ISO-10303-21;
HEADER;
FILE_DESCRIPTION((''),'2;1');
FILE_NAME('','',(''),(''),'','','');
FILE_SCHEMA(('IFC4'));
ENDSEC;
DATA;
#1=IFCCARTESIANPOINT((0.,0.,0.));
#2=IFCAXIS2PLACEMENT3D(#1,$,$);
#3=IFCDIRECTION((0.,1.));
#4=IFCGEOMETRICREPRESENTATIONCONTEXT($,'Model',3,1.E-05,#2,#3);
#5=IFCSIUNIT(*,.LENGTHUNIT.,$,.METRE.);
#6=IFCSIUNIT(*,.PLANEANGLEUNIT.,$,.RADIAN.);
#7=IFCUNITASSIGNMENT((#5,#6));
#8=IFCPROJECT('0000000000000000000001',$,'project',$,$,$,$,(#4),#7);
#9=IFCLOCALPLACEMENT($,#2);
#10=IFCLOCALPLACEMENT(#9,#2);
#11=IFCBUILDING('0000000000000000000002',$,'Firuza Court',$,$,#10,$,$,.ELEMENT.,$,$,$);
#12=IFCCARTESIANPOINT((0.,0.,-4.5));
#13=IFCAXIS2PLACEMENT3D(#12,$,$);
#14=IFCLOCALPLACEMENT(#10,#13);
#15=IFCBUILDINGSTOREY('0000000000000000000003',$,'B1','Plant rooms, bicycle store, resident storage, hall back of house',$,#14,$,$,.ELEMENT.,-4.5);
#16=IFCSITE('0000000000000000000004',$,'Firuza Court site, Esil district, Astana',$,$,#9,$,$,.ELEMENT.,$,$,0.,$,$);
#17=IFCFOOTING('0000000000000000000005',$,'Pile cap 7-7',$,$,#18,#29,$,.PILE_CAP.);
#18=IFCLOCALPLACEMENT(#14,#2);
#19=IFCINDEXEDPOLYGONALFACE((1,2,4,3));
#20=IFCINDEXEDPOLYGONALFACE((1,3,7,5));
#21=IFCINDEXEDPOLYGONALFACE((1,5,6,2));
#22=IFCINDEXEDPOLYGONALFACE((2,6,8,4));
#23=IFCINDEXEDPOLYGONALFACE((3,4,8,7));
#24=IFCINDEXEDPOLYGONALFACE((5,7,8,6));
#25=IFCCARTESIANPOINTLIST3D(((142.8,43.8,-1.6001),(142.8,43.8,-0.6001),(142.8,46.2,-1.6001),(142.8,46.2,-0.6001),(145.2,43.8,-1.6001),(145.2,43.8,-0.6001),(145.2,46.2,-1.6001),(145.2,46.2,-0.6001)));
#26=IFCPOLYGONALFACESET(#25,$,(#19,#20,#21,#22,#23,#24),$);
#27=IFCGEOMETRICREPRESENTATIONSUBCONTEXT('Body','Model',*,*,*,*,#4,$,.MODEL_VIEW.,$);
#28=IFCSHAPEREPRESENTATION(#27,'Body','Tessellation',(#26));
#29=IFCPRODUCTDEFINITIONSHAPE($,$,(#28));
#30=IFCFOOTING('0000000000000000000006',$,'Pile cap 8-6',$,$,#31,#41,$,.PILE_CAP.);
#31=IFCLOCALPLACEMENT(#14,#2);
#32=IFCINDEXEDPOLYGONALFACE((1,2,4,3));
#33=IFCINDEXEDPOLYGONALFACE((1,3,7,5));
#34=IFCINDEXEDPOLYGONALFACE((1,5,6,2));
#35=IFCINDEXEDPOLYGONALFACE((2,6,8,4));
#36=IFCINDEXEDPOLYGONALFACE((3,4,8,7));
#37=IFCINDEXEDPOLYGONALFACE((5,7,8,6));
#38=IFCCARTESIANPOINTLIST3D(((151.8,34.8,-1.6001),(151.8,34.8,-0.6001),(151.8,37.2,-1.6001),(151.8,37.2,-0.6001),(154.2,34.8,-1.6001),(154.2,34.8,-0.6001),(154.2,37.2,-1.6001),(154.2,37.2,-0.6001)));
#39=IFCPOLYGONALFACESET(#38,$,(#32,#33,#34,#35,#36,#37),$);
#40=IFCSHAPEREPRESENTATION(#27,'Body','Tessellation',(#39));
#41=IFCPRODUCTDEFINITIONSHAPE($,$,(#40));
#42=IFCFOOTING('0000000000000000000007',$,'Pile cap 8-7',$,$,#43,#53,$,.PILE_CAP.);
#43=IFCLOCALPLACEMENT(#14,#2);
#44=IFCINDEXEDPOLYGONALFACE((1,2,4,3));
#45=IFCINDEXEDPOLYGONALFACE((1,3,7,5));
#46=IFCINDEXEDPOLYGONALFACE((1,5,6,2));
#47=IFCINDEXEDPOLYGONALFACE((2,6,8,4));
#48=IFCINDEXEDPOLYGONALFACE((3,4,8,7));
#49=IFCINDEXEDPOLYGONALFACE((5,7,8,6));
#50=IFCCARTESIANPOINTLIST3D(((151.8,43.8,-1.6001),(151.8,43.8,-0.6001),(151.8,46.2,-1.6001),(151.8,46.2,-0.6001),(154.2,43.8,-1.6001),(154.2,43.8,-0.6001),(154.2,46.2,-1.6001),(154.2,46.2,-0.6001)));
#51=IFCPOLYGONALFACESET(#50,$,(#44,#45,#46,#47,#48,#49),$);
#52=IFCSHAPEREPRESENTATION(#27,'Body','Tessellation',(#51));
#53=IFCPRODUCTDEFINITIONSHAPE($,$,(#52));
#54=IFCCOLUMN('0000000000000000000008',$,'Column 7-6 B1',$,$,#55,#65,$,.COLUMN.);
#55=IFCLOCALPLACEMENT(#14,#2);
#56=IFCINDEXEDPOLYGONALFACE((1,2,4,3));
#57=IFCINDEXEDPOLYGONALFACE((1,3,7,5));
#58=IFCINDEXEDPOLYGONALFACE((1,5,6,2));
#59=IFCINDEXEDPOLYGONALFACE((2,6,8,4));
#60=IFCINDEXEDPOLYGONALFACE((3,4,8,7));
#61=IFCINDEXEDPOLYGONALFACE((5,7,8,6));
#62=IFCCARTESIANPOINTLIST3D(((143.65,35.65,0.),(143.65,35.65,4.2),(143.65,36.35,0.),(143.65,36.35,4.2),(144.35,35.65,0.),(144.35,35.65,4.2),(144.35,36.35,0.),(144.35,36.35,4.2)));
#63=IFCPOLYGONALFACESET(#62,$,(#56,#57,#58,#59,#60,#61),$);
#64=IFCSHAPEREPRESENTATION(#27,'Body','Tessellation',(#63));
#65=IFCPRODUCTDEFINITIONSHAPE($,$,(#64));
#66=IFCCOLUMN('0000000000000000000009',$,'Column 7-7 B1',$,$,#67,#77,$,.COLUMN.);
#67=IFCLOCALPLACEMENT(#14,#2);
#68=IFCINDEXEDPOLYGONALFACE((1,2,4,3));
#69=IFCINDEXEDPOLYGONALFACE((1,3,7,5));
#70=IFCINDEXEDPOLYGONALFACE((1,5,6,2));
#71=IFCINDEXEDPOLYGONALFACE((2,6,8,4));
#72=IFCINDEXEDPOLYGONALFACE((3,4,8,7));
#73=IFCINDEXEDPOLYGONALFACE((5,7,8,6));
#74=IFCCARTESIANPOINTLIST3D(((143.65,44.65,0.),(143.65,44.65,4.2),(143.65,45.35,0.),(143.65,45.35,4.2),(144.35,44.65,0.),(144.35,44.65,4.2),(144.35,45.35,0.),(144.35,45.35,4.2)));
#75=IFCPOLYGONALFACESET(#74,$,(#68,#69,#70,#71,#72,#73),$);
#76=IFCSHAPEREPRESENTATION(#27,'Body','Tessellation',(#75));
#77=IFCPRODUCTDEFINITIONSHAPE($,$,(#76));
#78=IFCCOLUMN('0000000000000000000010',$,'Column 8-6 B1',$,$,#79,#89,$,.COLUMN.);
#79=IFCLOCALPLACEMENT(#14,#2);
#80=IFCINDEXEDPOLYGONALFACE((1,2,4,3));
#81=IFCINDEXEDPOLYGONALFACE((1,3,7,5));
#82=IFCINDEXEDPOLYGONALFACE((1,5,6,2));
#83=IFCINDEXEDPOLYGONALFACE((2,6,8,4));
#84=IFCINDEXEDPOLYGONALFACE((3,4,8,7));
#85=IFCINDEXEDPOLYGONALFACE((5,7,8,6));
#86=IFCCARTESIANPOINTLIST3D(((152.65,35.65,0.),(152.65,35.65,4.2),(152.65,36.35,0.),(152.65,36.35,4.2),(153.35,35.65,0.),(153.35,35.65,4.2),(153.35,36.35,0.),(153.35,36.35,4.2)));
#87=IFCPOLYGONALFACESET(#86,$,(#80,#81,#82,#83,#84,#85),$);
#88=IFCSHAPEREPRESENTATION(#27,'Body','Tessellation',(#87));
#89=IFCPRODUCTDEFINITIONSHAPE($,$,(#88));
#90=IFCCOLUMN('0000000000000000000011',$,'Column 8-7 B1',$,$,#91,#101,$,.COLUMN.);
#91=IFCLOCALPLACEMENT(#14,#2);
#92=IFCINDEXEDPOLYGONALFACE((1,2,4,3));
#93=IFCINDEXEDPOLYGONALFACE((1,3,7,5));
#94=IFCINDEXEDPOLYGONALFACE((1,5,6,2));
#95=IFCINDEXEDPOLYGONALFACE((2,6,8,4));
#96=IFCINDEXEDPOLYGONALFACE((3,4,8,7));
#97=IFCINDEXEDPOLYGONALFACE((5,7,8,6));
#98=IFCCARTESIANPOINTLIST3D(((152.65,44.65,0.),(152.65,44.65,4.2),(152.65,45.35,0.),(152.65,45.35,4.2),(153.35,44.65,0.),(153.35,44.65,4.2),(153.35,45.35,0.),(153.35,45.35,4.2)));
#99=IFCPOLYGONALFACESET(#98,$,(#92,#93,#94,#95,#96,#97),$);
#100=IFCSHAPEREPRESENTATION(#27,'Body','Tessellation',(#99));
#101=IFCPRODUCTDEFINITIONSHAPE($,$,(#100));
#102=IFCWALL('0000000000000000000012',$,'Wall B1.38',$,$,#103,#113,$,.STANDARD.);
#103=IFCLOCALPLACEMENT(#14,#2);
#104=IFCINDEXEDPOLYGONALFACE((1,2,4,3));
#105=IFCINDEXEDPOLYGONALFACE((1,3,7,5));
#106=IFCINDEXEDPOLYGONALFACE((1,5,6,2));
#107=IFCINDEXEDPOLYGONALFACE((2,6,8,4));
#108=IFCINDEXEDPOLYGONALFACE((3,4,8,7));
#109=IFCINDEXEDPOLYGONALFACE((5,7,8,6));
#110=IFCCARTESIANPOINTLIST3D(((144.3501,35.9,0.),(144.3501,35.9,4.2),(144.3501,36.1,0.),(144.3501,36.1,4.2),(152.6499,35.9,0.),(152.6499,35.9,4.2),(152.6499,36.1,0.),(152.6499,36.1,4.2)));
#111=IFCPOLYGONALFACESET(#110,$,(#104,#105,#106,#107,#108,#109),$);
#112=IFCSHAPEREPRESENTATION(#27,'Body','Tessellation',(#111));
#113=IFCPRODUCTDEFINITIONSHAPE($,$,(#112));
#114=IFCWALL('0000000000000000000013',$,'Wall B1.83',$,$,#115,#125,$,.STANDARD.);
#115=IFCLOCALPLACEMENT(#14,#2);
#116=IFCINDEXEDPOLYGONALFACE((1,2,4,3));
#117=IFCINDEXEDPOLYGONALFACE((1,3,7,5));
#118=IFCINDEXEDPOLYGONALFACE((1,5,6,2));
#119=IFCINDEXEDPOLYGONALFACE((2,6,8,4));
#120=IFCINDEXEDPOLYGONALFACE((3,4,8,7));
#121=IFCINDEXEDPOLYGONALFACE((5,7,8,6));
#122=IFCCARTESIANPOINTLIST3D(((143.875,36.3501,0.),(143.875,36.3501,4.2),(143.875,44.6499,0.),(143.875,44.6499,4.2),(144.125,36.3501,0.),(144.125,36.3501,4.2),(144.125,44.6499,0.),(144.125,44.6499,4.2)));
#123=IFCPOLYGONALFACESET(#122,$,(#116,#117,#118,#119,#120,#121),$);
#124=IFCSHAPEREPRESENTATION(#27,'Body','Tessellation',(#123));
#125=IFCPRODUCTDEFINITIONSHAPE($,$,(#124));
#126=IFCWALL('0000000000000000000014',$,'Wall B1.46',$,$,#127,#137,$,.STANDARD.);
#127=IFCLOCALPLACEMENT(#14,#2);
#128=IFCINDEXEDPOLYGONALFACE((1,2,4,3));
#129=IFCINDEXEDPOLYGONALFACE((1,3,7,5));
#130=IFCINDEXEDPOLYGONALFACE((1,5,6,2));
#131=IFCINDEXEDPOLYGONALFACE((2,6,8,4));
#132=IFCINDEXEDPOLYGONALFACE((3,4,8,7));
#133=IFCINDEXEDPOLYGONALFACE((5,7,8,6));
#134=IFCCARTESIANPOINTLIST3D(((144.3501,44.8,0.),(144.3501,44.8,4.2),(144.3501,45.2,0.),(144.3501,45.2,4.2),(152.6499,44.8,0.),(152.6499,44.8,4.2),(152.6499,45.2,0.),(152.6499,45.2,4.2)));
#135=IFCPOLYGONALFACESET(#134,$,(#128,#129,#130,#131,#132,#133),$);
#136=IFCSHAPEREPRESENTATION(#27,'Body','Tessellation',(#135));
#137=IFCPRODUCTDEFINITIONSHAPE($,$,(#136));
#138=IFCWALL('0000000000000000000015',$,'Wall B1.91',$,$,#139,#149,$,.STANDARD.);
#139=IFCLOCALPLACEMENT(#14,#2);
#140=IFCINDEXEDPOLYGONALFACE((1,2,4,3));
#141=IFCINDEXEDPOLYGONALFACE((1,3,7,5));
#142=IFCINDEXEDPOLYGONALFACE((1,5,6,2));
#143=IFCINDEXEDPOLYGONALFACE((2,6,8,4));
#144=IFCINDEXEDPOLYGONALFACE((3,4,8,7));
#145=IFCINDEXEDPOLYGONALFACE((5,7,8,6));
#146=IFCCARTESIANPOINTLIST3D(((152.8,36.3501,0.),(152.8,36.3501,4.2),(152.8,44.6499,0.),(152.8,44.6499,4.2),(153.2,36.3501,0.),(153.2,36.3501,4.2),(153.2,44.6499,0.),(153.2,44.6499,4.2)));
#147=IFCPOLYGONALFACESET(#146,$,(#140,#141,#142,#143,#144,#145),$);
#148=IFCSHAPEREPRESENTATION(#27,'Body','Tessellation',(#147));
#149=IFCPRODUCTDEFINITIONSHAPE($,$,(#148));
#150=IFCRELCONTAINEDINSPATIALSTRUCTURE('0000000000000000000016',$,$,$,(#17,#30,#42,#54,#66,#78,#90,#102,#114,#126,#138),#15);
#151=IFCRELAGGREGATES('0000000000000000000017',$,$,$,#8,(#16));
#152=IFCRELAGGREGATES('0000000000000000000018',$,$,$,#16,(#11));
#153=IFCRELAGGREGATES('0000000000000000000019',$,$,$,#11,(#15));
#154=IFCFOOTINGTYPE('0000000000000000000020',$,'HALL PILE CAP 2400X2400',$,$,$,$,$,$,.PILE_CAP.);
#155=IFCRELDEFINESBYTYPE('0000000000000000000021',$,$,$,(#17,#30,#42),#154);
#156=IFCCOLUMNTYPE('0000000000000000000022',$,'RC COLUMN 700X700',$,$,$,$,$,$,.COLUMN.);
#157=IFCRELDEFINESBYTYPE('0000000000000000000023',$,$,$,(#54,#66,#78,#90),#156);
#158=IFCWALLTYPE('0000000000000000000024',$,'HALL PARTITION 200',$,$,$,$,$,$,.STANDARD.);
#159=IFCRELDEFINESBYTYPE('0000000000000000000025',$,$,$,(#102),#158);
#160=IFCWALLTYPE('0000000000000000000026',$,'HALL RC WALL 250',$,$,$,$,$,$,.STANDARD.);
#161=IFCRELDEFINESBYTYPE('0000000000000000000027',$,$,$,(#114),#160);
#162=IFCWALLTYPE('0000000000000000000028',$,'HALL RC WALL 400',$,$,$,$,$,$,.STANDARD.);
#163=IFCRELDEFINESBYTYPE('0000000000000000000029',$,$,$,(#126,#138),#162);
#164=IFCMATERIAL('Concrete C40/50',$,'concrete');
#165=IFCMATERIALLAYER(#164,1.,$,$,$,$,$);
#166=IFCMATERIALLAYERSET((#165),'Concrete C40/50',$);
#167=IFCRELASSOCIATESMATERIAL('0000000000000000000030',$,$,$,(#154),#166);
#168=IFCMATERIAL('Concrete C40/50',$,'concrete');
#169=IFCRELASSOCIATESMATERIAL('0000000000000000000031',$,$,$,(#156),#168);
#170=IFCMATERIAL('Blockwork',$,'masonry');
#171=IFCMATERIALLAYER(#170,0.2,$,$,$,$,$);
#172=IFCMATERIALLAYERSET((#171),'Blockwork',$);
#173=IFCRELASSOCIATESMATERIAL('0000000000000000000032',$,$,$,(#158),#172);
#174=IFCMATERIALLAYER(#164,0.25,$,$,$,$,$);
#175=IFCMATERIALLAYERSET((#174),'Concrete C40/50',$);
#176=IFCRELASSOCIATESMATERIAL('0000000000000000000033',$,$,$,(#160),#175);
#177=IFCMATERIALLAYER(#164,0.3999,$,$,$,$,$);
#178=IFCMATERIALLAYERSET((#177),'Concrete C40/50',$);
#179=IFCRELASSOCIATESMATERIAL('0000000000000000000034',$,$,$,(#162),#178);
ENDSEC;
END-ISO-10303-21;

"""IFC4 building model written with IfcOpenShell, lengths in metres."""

from ifc_helpers import new_model, si_unit, direction, frame, frame_2d, origin, origin_2d, place, context, subcontext, project, spatial, rectangle, extrude, material, layer, layer_set, material_profile, profile_set, type_object, element, save


model = new_model("IFC4")

# Units and contexts
model_context = context("Model", 3, precision=1e-05, world=origin(), true_north=direction((0.0, 1.0)))
body_context = subcontext(model_context, "Body", "Model", "MODEL_VIEW")
ifc_project = project(units=[si_unit("LENGTHUNIT", "METRE"), si_unit("PLANEANGLEUNIT", "RADIAN")], contexts=[model_context])

# Site, building, storey
site_placement = place(None, origin())
site = spatial("IfcSite", under=ifc_project, at=site_placement, Name="Firuza Court site, Esil district, Astana", CompositionType="ELEMENT", RefElevation=0.0)
building_placement = place(site_placement, origin())
building = spatial("IfcBuilding", under=site, at=building_placement, Name="Firuza Court", CompositionType="ELEMENT")
storey_placement = place(building_placement, frame((0.0, 0.0, -4.5)))
storey = spatial("IfcBuildingStorey", under=building, at=storey_placement, Name="B1", Description="Plant rooms, bicycle store, resident storage, hall back of house", CompositionType="ELEMENT", Elevation=-4.5)

# Footings
ifc_material_1 = material(Name="Concrete C40/50", Category="concrete")
ifc_layer_1 = layer(ifc_material_1, 1.0)
ifc_layer_set_1 = layer_set([ifc_layer_1], Name="Concrete C40/50")
footing_type = type_object("IfcFootingType", Name="HALL PILE CAP 2400X2400", PredefinedType="PILE_CAP", material=ifc_layer_set_1)
for number, where, z_axis, x_axis, name in (
    (1, (144.0, 45.0, -1.6001), (0.0, 0.0, 1.0), (1.0, 0.0, 0.0), "Pile cap 7-7"),
    (2, (153.0, 36.0, -1.6001), (0.0, 0.0, 1.0), (1.0, 0.0, 0.0), "Pile cap 8-6"),
    (3, (153.0, 45.0, -1.6001), (0.0, 0.0, 1.0), (1.0, 0.0, 0.0), "Pile cap 8-7"),
):
    element("IfcFooting", number, at=place(storey_placement, frame(where, z_axis=z_axis, x_axis=x_axis)), inside=storey, type_object=footing_type, Name=name, PredefinedType="PILE_CAP", context=body_context, shape_type="SweptSolid", body=[
        extrude(rectangle(XDim=2.3999, YDim=2.3999, at=origin_2d()), origin(), (0.0, 0.0, 1.0), 1.0),
    ])

# Columns
ifc_material_2 = material(Name="Concrete C40/50", Category="concrete")
ifc_material_profile_1 = material_profile(ifc_material_2, rectangle(XDim=0.7, YDim=0.7, at=origin_2d()), Name="RC 700X700")
ifc_profile_set_1 = profile_set([ifc_material_profile_1], Name="Concrete C40/50")
column_type = type_object("IfcColumnType", Name="RC COLUMN 700X700", PredefinedType="COLUMN", material=ifc_profile_set_1)
for number, where, z_axis, x_axis, name in (
    (4, (144.0, 36.0, 0.0), (0.0, 0.0, 1.0), (1.0, 0.0, 0.0), "Column 7-6 B1"),
    (5, (144.0, 45.0, 0.0), (0.0, 0.0, 1.0), (1.0, 0.0, 0.0), "Column 7-7 B1"),
    (6, (153.0, 36.0, 0.0), (0.0, 0.0, 1.0), (1.0, 0.0, 0.0), "Column 8-6 B1"),
    (7, (153.0, 45.0, 0.0), (0.0, 0.0, 1.0), (1.0, 0.0, 0.0), "Column 8-7 B1"),
):
    element("IfcColumn", number, at=place(storey_placement, frame(where, z_axis=z_axis, x_axis=x_axis)), inside=storey, type_object=column_type, Name=name, PredefinedType="COLUMN", context=body_context, shape_type="SweptSolid", body=[
        extrude(rectangle(XDim=0.7, YDim=0.7, at=origin_2d()), origin(), (0.0, 0.0, 1.0), 4.2),
    ])

# Walls
ifc_material_3 = material(Name="Blockwork", Category="masonry")
ifc_layer_2 = layer(ifc_material_3, 0.2)
ifc_layer_set_2 = layer_set([ifc_layer_2], Name="Blockwork")
wall_type_1 = type_object("IfcWallType", Name="HALL PARTITION 200", PredefinedType="STANDARD", material=ifc_layer_set_2)
wall_1_placement = place(storey_placement, frame((144.3501, 36.0, 0.0), z_axis=(0.0, 0.0, 1.0), x_axis=(1.0, 0.0, 0.0)))
element("IfcWall", 8, at=wall_1_placement, inside=storey, type_object=wall_type_1, Name="Wall B1.38", PredefinedType="STANDARD", context=body_context, shape_type="SweptSolid", body=[
    extrude(rectangle(XDim=8.2998, YDim=0.2, at=frame_2d((4.1499, 0.0))), origin(), (0.0, 0.0, 1.0), 4.2),
])
ifc_layer_3 = layer(ifc_material_1, 0.25)
ifc_layer_set_3 = layer_set([ifc_layer_3], Name="Concrete C40/50")
wall_type_2 = type_object("IfcWallType", Name="HALL RC WALL 250", PredefinedType="STANDARD", material=ifc_layer_set_3)
wall_2_placement = place(storey_placement, frame((144.0, 36.3501, 0.0), z_axis=(0.0, 0.0, 1.0), x_axis=(0.0, 1.0, 0.0)))
element("IfcWall", 9, at=wall_2_placement, inside=storey, type_object=wall_type_2, Name="Wall B1.83", PredefinedType="STANDARD", context=body_context, shape_type="SweptSolid", body=[
    extrude(rectangle(XDim=8.2998, YDim=0.25, at=frame_2d((4.1499, 0.0))), origin(), (0.0, 0.0, 1.0), 4.2),
])
ifc_layer_4 = layer(ifc_material_1, 0.3999)
ifc_layer_set_4 = layer_set([ifc_layer_4], Name="Concrete C40/50")
wall_type_3 = type_object("IfcWallType", Name="HALL RC WALL 400", PredefinedType="STANDARD", material=ifc_layer_set_4)
for number, where, z_axis, x_axis, name in (
    (10, (144.3501, 45.0, 0.0), (0.0, 0.0, 1.0), (1.0, 0.0, 0.0), "Wall B1.46"),
    (11, (153.0, 36.3501, 0.0), (0.0, 0.0, 1.0), (0.0, 1.0, 0.0), "Wall B1.91"),
):
    element("IfcWall", number, at=place(storey_placement, frame(where, z_axis=z_axis, x_axis=x_axis)), inside=storey, type_object=wall_type_3, Name=name, PredefinedType="STANDARD", context=body_context, shape_type="SweptSolid", body=[
        extrude(rectangle(XDim=8.2998, YDim=0.3999, at=frame_2d((4.1499, 0.0))), origin(), (0.0, 0.0, 1.0), 4.2),
    ])

save(model, "model.ifc")
